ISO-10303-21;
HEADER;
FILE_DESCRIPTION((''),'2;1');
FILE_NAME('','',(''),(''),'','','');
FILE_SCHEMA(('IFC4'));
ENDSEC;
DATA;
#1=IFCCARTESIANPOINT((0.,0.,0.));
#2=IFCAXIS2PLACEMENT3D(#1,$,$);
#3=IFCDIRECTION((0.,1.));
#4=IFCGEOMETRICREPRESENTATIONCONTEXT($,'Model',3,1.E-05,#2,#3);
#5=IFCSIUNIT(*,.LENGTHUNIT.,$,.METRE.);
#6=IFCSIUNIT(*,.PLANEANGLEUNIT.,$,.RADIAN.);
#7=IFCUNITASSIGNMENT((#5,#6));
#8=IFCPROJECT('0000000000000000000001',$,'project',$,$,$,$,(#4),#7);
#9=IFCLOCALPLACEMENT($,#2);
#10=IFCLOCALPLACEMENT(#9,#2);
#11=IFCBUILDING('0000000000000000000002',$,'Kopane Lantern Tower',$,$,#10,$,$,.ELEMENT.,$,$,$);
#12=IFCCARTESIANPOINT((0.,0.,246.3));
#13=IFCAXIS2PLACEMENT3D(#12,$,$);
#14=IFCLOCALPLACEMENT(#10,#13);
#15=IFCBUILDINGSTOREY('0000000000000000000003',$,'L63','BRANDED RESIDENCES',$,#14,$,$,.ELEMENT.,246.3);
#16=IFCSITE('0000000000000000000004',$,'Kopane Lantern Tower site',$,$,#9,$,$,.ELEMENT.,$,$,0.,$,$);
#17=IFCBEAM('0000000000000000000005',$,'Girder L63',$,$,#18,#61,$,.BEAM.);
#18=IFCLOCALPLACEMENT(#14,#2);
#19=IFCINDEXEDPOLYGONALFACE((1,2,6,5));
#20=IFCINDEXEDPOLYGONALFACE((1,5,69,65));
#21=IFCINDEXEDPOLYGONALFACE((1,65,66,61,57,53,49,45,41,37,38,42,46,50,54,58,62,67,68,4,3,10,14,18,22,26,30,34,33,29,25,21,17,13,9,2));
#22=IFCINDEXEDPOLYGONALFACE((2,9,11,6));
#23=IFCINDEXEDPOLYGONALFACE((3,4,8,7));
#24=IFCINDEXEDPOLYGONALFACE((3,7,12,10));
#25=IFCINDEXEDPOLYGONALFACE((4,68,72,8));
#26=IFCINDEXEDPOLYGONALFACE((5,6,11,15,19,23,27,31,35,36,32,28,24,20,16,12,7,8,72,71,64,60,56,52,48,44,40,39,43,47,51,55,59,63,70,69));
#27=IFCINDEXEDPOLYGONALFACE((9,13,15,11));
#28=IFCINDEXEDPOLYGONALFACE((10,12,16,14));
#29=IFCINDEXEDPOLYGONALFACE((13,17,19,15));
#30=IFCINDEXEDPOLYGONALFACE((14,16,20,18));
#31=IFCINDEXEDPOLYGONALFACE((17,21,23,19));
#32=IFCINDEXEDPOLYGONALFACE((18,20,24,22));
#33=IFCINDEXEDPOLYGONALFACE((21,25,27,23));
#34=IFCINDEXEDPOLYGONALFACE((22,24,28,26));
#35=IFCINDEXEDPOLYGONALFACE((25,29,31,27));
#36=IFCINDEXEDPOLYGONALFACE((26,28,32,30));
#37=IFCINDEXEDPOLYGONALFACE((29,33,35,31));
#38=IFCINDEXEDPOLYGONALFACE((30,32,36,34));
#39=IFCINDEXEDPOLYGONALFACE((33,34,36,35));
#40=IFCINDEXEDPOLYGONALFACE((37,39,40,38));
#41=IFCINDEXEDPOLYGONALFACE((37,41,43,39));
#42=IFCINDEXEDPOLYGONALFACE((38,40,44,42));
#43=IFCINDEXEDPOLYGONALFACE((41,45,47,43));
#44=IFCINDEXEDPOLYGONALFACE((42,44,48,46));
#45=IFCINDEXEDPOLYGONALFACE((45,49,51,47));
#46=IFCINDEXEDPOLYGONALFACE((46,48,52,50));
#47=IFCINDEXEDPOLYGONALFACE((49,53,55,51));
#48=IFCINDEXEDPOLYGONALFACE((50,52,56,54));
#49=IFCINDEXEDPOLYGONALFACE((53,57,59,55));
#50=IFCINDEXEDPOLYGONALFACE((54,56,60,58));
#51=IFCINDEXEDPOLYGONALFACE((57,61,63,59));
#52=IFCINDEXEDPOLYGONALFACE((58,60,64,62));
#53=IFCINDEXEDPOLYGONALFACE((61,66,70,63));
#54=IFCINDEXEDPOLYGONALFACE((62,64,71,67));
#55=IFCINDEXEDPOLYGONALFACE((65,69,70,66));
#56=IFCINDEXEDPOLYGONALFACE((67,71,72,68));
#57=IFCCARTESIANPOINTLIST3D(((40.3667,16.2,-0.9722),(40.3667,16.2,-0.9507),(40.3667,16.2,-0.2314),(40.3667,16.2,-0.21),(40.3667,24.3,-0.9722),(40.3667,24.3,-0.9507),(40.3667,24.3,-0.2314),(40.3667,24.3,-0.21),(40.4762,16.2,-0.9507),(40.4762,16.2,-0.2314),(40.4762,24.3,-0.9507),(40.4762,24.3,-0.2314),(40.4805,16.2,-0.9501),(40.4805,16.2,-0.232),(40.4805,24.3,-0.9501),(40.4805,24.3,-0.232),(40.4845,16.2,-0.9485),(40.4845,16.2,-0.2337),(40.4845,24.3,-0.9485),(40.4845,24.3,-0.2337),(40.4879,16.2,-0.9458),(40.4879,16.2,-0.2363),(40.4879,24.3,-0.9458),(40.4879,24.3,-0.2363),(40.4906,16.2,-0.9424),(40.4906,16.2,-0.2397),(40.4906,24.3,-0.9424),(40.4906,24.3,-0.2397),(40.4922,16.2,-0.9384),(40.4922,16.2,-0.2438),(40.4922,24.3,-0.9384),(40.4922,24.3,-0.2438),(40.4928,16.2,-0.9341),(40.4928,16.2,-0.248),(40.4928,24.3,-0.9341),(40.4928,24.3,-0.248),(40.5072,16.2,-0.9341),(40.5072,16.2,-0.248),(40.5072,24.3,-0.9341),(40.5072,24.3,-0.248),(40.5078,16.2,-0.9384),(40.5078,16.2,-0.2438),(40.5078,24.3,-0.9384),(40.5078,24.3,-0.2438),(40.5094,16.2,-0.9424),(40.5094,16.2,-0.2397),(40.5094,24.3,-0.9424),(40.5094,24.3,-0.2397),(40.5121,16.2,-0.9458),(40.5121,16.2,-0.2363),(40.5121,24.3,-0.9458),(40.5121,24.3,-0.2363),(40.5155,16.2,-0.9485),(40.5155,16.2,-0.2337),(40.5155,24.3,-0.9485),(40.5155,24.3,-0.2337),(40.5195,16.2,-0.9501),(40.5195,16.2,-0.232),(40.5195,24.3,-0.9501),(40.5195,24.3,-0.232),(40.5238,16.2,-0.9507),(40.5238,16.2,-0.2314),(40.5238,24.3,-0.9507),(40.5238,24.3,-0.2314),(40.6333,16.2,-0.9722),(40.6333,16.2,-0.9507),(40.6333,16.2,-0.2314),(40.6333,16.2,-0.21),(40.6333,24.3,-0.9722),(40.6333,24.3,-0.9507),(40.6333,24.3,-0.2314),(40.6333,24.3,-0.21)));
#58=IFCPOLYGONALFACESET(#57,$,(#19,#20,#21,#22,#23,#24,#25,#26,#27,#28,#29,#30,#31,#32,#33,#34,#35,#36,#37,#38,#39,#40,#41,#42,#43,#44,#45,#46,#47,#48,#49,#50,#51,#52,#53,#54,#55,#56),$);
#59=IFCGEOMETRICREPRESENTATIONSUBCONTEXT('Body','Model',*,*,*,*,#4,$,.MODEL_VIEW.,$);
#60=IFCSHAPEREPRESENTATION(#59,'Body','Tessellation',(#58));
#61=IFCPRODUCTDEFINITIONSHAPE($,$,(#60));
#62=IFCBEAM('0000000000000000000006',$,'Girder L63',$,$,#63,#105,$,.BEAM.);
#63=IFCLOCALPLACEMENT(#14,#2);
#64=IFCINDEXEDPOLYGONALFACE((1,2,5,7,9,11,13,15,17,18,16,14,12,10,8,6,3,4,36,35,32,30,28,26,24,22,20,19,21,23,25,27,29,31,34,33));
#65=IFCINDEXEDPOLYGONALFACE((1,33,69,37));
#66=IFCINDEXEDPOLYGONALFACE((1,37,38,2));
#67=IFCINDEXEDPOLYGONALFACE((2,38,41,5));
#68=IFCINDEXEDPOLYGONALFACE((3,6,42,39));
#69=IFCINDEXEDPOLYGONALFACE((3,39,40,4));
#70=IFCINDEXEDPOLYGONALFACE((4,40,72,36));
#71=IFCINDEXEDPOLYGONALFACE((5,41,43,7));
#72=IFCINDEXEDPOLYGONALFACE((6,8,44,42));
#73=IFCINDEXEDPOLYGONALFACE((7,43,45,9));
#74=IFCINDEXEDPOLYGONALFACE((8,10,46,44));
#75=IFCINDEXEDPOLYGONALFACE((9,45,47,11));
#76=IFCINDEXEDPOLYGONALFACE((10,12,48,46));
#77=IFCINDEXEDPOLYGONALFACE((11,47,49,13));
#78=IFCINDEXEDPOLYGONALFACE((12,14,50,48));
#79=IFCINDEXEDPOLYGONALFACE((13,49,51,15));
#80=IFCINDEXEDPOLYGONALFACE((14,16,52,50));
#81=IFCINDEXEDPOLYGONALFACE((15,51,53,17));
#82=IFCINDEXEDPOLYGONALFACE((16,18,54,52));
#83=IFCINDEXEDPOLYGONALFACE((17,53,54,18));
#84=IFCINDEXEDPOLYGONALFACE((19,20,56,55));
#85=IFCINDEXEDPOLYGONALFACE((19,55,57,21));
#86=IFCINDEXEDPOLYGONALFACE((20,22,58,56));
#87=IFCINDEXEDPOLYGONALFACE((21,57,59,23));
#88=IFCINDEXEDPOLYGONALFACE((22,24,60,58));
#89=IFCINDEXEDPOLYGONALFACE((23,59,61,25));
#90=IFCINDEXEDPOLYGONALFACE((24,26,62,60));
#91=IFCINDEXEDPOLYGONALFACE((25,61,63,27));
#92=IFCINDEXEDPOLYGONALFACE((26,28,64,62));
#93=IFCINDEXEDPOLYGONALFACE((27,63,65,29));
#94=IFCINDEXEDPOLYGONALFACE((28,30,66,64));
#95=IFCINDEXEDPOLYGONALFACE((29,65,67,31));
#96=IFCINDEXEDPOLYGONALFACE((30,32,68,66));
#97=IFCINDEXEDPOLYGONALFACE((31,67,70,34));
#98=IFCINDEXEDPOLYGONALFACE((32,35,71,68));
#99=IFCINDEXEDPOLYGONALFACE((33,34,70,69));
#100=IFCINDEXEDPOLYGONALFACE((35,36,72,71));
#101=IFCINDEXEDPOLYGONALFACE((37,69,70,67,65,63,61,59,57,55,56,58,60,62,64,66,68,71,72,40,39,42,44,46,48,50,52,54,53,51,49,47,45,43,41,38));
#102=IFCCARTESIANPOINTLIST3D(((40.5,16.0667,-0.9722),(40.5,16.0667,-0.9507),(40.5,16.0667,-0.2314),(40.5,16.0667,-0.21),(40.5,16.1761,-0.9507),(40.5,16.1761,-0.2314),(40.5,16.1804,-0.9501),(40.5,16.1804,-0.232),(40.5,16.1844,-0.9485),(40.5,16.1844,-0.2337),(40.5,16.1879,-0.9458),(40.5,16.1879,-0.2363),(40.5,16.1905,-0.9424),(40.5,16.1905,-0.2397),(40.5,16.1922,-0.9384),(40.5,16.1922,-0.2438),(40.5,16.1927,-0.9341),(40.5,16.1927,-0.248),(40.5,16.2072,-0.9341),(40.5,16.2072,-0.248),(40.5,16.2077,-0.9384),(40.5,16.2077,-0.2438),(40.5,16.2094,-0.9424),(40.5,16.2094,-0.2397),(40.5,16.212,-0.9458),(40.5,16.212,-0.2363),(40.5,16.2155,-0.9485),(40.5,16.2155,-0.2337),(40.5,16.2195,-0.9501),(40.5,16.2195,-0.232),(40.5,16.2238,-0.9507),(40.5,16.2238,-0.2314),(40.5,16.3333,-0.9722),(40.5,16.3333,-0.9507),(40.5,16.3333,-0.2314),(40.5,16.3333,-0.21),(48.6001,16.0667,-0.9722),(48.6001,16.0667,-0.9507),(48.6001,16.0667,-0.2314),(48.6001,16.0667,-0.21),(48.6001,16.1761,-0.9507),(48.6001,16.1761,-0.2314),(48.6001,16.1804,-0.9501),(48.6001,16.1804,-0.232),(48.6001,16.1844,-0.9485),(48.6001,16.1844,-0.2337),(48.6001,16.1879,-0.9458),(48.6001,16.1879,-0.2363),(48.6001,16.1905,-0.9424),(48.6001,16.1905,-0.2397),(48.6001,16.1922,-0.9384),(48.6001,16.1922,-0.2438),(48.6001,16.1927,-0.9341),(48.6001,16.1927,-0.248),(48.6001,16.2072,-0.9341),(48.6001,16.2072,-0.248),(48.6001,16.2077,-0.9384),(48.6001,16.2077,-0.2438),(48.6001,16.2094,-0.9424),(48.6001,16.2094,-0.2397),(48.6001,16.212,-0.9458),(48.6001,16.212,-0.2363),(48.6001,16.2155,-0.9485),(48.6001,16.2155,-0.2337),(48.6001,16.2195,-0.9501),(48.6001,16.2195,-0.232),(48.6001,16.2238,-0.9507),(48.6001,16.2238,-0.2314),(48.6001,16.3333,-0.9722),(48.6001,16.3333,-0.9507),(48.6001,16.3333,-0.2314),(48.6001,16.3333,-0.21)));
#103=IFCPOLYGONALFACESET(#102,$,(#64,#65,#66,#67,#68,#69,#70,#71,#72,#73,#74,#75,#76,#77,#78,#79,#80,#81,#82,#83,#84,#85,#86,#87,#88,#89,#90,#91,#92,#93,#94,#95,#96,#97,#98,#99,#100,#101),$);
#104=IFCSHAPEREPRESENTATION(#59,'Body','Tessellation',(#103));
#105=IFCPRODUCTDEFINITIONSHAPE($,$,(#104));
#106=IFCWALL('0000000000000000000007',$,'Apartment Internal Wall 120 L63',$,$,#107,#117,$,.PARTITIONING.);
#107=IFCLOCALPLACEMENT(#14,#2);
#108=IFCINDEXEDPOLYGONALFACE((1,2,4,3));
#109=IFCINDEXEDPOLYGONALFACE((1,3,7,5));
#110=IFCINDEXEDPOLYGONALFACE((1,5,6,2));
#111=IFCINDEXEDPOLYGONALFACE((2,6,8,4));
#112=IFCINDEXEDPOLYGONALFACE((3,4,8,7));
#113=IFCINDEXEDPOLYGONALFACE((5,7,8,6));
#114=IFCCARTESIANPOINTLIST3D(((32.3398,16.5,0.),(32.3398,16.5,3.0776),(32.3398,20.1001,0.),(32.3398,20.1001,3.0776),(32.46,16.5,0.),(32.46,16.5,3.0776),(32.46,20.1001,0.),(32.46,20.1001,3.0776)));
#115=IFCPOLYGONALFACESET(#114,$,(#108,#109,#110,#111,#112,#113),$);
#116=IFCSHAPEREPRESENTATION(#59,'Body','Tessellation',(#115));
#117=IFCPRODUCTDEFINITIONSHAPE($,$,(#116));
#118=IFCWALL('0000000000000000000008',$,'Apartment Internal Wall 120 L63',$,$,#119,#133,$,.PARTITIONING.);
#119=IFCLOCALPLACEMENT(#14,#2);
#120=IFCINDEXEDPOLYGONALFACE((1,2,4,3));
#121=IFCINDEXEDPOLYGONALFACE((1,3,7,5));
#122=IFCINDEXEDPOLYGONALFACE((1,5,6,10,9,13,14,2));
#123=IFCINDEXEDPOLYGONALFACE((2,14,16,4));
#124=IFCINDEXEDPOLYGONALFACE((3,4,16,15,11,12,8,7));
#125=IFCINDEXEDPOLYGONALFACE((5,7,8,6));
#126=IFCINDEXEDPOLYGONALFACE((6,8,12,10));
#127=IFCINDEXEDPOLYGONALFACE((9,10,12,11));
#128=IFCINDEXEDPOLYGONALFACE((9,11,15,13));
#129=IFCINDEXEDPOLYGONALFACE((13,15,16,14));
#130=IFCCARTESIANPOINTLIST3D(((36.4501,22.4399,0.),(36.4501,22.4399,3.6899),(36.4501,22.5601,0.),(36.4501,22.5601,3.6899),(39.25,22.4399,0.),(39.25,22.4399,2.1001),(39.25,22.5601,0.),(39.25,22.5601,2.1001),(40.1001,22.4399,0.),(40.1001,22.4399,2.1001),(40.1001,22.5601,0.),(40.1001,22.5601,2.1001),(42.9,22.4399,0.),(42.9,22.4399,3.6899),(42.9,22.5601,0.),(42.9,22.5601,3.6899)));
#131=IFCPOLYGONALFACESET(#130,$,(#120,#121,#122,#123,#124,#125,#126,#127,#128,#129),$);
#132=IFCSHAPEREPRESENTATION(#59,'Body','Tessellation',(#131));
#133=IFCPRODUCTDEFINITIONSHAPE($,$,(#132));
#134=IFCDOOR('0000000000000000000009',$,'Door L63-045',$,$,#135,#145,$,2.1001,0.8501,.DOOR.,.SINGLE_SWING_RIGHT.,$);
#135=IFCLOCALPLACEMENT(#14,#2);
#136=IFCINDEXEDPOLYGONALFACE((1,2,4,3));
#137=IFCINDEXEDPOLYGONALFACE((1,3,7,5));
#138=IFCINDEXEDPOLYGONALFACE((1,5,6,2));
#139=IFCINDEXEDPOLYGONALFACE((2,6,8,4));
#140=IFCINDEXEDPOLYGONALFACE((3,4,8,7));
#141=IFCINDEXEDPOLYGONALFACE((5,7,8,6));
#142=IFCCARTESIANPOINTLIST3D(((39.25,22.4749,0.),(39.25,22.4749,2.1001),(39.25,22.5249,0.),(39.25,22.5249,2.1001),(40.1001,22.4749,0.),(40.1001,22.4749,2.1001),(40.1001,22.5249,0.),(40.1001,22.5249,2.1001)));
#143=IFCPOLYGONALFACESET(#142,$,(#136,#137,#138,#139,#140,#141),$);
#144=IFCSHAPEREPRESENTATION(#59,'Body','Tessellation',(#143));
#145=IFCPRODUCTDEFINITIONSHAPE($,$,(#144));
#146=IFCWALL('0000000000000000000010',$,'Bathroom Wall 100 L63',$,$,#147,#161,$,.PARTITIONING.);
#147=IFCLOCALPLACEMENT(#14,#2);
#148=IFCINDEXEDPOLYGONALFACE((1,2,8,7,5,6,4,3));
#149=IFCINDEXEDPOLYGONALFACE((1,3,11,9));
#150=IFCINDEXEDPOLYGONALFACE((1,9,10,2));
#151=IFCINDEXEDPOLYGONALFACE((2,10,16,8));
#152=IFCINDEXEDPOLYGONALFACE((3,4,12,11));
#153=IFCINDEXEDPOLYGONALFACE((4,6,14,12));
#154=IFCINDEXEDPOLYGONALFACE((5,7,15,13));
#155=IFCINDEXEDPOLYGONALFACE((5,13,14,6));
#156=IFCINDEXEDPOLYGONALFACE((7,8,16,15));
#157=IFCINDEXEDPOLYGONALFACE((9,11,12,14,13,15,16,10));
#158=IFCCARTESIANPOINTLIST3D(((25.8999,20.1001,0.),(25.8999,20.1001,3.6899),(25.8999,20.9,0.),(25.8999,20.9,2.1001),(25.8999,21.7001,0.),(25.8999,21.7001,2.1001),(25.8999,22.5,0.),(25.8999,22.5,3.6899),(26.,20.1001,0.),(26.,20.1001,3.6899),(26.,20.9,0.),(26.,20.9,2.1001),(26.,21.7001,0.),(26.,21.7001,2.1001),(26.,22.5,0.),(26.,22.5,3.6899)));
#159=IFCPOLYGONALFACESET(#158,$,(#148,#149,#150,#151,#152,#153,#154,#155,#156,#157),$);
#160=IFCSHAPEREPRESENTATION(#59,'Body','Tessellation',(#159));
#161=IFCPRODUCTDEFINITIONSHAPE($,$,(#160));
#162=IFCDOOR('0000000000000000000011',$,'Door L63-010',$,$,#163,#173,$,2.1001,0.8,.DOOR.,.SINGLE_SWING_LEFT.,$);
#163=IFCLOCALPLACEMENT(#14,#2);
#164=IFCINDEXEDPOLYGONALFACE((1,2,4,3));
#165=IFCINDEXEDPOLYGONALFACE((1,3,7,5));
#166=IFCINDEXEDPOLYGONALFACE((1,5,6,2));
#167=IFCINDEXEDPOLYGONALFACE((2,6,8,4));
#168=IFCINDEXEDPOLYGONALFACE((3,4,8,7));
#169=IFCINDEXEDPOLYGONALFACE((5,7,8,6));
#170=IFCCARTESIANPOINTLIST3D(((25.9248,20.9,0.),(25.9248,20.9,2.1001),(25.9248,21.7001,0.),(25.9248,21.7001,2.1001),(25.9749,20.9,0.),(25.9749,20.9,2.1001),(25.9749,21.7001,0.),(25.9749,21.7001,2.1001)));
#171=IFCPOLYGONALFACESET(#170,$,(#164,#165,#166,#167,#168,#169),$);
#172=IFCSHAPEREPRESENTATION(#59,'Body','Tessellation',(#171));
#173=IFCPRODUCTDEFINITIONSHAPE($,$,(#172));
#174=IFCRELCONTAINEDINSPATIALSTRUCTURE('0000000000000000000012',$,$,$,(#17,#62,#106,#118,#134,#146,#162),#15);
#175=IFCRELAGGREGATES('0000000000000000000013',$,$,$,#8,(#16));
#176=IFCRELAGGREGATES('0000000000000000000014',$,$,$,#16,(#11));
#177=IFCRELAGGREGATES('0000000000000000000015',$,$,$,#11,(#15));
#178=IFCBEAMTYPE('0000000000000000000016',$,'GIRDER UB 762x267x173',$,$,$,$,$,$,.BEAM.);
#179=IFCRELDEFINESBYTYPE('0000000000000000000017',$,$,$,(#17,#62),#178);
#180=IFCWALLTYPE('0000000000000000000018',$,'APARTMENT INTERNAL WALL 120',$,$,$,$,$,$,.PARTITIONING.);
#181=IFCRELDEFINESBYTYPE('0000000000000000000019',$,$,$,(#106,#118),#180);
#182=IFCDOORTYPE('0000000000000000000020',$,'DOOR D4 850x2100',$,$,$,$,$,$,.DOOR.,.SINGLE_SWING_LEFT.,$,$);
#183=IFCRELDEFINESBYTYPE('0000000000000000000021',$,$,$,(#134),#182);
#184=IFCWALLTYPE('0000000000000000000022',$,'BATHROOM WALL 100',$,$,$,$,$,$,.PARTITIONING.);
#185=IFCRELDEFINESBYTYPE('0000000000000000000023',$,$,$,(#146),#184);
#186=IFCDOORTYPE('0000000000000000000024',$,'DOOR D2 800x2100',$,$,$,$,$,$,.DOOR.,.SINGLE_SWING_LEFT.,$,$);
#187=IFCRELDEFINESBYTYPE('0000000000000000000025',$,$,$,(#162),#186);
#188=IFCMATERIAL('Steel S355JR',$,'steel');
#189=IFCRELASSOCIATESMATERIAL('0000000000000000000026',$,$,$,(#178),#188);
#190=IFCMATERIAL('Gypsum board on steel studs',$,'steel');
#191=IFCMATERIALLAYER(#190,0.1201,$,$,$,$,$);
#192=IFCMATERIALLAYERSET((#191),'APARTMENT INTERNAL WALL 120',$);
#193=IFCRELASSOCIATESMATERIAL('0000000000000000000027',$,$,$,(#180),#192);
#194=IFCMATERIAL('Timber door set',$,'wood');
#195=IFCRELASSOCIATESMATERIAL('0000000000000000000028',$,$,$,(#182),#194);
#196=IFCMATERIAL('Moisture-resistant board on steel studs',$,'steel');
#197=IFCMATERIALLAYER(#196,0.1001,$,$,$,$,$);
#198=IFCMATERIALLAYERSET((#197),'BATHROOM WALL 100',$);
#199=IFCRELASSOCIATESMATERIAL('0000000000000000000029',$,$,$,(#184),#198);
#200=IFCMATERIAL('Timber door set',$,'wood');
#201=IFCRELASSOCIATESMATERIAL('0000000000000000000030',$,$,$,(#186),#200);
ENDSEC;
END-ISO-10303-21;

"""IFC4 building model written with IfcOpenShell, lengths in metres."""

from ifc_helpers import new_model, si_unit, direction, frame, frame_2d, origin, origin_2d, place, context, subcontext, project, spatial, rectangle, i_section, extrude, material, layer, layer_set, material_profile, profile_set, type_object, element, fill, save


model = new_model("IFC4")

# Units and contexts
model_context = context("Model", 3, precision=1e-05, world=origin(), true_north=direction((0.0, 1.0)))
body_context = subcontext(model_context, "Body", "Model", "MODEL_VIEW")
ifc_project = project(units=[si_unit("LENGTHUNIT", "METRE"), si_unit("PLANEANGLEUNIT", "RADIAN")], contexts=[model_context])

# Site, building, storey
site_placement = place(None, origin())
site = spatial("IfcSite", under=ifc_project, at=site_placement, Name="Kopane Lantern Tower site", CompositionType="ELEMENT", RefElevation=0.0)
building_placement = place(site_placement, origin())
building = spatial("IfcBuilding", under=site, at=building_placement, Name="Kopane Lantern Tower", CompositionType="ELEMENT")
storey_placement = place(building_placement, frame((0.0, 0.0, 246.3)))
storey = spatial("IfcBuildingStorey", under=building, at=storey_placement, Name="L63", Description="BRANDED RESIDENCES", CompositionType="ELEMENT", Elevation=246.3)

# Beams
ifc_material_1 = material(Name="Steel S355JR", Category="steel")
ifc_material_profile_1 = material_profile(ifc_material_1, i_section(OverallWidth=0.2666, OverallDepth=0.7622, WebThickness=0.0144, FlangeThickness=0.0215, FilletRadius=0.0166, at=origin_2d()), Name="UB 762x267x173")
ifc_profile_set_1 = profile_set([ifc_material_profile_1], Name="Steel S355JR")
beam_type_1 = type_object("IfcBeamType", Name="GIRDER UB 762x267x173", PredefinedType="BEAM", material=ifc_profile_set_1)
for number, where, z_axis, x_axis, name in (
    (1, (40.5, 16.2, -0.5911), (0.0, 1.0, 0.0), (-1.0, 0.0, 0.0), "Girder L63"),
    (2, (40.5, 16.2, -0.5911), (1.0, 0.0, 0.0), (0.0, 1.0, 0.0), "Girder L63"),
):
    element("IfcBeam", number, at=place(storey_placement, frame(where, z_axis=z_axis, x_axis=x_axis)), inside=storey, type_object=beam_type_1, Name=name, PredefinedType="BEAM", context=body_context, shape_type="SweptSolid", body=[
        extrude(i_section(OverallWidth=0.2666, OverallDepth=0.7622, WebThickness=0.0144, FlangeThickness=0.0215, FilletRadius=0.0166, at=origin_2d()), origin(), (0.0, 0.0, 1.0), 8.1001),
    ])

# Wall
ifc_material_2 = material(Name="Gypsum board on steel studs", Category="steel")
ifc_layer_1 = layer(ifc_material_2, 0.1201)
ifc_layer_set_1 = layer_set([ifc_layer_1], Name="APARTMENT INTERNAL WALL 120")
wall_type_1 = type_object("IfcWallType", Name="APARTMENT INTERNAL WALL 120", PredefinedType="PARTITIONING", material=ifc_layer_set_1)
wall_1_placement = place(storey_placement, frame((32.3999, 20.1001, 0.0), z_axis=(0.0, 0.0, 1.0), x_axis=(0.0, -1.0, 0.0)))
element("IfcWall", 3, at=wall_1_placement, inside=storey, type_object=wall_type_1, Name="Apartment Internal Wall 120 L63", PredefinedType="PARTITIONING", context=body_context, shape_type="SweptSolid", body=[
    extrude(rectangle(XDim=3.6001, YDim=0.1201, at=frame_2d((1.8, 0.0))), origin(), (0.0, 0.0, 1.0), 3.0776),
])

# Walls, openings, doors
wall_2_placement = place(storey_placement, frame((36.45, 22.5, 0.0), z_axis=(0.0, 0.0, 1.0), x_axis=(1.0, 0.0, 0.0)))
wall_2 = element("IfcWall", 4, at=wall_2_placement, inside=storey, type_object=wall_type_1, Name="Apartment Internal Wall 120 L63", PredefinedType="PARTITIONING", context=body_context, shape_type="SweptSolid", body=[
    extrude(rectangle(XDim=6.45, YDim=0.1201, at=frame_2d((3.2251, 0.0))), origin(), (0.0, 0.0, 1.0), 3.6899),
])
opening_1_placement = place(wall_2_placement, frame((2.8, 0.0, 0.0)))
opening_1 = element("IfcOpeningElement", 5, at=opening_1_placement, cuts=wall_2, PredefinedType="OPENING", context=body_context, shape_type="SweptSolid", body=[
    extrude(rectangle(XDim=0.8501, YDim=2.1001, at=frame_2d((0.425, 1.05))), frame((0.0, 0.0701, 0.0), z_axis=(0.0, -1.0, 0.0), x_axis=(1.0, 0.0, 0.0)), (0.0, 0.0, 1.0), 0.1401),
])
ifc_material_3 = material(Name="Timber door set", Category="wood")
door_type_1 = type_object("IfcDoorType", Name="DOOR D4 850x2100", OperationType="SINGLE_SWING_LEFT", PredefinedType="DOOR", material=ifc_material_3)
door_1_placement = place(opening_1_placement, origin())
door_1 = element("IfcDoor", 6, at=door_1_placement, inside=storey, type_object=door_type_1, Name="Door L63-045", OperationType="SINGLE_SWING_RIGHT", OverallHeight=2.1001, OverallWidth=0.8501, PredefinedType="DOOR", context=body_context, shape_type="SweptSolid", body=[
    extrude(rectangle(XDim=0.8501, YDim=2.1001, at=frame_2d((0.425, 1.05))), frame((0.0, 0.0249, 0.0), z_axis=(0.0, -1.0, 0.0), x_axis=(1.0, 0.0, 0.0)), (0.0, 0.0, 1.0), 0.05),
])
fill(opening_1, door_1)
ifc_material_4 = material(Name="Moisture-resistant board on steel studs", Category="steel")
ifc_layer_2 = layer(ifc_material_4, 0.1001)
ifc_layer_set_2 = layer_set([ifc_layer_2], Name="BATHROOM WALL 100")
wall_type_2 = type_object("IfcWallType", Name="BATHROOM WALL 100", PredefinedType="PARTITIONING", material=ifc_layer_set_2)
wall_3_placement = place(storey_placement, frame((25.95, 22.5, 0.0), z_axis=(0.0, 0.0, 1.0), x_axis=(0.0, -1.0, 0.0)))
wall_3 = element("IfcWall", 7, at=wall_3_placement, inside=storey, type_object=wall_type_2, Name="Bathroom Wall 100 L63", PredefinedType="PARTITIONING", context=body_context, shape_type="SweptSolid", body=[
    extrude(rectangle(XDim=2.3999, YDim=0.1001, at=frame_2d((1.2, 0.0))), origin(), (0.0, 0.0, 1.0), 3.6899),
])
opening_2_placement = place(wall_3_placement, frame((0.8, 0.0, 0.0)))
opening_2 = element("IfcOpeningElement", 8, at=opening_2_placement, cuts=wall_3, PredefinedType="OPENING", context=body_context, shape_type="SweptSolid", body=[
    extrude(rectangle(XDim=0.8, YDim=2.1001, at=frame_2d((0.3999, 1.05))), frame((0.0, 0.0601, 0.0), z_axis=(0.0, -1.0, 0.0), x_axis=(1.0, 0.0, 0.0)), (0.0, 0.0, 1.0), 0.1201),
])
ifc_material_5 = material(Name="Timber door set", Category="wood")
door_type_2 = type_object("IfcDoorType", Name="DOOR D2 800x2100", OperationType="SINGLE_SWING_LEFT", PredefinedType="DOOR", material=ifc_material_5)
door_2_placement = place(opening_2_placement, origin())
door_2 = element("IfcDoor", 9, at=door_2_placement, inside=storey, type_object=door_type_2, Name="Door L63-010", OperationType="SINGLE_SWING_LEFT", OverallHeight=2.1001, OverallWidth=0.8, PredefinedType="DOOR", context=body_context, shape_type="SweptSolid", body=[
    extrude(rectangle(XDim=0.8, YDim=2.1001, at=frame_2d((0.3999, 1.05))), frame((0.0, 0.0249, 0.0), z_axis=(0.0, -1.0, 0.0), x_axis=(1.0, 0.0, 0.0)), (0.0, 0.0, 1.0), 0.05),
])
fill(opening_2, door_2)

save(model, "model.ifc")
